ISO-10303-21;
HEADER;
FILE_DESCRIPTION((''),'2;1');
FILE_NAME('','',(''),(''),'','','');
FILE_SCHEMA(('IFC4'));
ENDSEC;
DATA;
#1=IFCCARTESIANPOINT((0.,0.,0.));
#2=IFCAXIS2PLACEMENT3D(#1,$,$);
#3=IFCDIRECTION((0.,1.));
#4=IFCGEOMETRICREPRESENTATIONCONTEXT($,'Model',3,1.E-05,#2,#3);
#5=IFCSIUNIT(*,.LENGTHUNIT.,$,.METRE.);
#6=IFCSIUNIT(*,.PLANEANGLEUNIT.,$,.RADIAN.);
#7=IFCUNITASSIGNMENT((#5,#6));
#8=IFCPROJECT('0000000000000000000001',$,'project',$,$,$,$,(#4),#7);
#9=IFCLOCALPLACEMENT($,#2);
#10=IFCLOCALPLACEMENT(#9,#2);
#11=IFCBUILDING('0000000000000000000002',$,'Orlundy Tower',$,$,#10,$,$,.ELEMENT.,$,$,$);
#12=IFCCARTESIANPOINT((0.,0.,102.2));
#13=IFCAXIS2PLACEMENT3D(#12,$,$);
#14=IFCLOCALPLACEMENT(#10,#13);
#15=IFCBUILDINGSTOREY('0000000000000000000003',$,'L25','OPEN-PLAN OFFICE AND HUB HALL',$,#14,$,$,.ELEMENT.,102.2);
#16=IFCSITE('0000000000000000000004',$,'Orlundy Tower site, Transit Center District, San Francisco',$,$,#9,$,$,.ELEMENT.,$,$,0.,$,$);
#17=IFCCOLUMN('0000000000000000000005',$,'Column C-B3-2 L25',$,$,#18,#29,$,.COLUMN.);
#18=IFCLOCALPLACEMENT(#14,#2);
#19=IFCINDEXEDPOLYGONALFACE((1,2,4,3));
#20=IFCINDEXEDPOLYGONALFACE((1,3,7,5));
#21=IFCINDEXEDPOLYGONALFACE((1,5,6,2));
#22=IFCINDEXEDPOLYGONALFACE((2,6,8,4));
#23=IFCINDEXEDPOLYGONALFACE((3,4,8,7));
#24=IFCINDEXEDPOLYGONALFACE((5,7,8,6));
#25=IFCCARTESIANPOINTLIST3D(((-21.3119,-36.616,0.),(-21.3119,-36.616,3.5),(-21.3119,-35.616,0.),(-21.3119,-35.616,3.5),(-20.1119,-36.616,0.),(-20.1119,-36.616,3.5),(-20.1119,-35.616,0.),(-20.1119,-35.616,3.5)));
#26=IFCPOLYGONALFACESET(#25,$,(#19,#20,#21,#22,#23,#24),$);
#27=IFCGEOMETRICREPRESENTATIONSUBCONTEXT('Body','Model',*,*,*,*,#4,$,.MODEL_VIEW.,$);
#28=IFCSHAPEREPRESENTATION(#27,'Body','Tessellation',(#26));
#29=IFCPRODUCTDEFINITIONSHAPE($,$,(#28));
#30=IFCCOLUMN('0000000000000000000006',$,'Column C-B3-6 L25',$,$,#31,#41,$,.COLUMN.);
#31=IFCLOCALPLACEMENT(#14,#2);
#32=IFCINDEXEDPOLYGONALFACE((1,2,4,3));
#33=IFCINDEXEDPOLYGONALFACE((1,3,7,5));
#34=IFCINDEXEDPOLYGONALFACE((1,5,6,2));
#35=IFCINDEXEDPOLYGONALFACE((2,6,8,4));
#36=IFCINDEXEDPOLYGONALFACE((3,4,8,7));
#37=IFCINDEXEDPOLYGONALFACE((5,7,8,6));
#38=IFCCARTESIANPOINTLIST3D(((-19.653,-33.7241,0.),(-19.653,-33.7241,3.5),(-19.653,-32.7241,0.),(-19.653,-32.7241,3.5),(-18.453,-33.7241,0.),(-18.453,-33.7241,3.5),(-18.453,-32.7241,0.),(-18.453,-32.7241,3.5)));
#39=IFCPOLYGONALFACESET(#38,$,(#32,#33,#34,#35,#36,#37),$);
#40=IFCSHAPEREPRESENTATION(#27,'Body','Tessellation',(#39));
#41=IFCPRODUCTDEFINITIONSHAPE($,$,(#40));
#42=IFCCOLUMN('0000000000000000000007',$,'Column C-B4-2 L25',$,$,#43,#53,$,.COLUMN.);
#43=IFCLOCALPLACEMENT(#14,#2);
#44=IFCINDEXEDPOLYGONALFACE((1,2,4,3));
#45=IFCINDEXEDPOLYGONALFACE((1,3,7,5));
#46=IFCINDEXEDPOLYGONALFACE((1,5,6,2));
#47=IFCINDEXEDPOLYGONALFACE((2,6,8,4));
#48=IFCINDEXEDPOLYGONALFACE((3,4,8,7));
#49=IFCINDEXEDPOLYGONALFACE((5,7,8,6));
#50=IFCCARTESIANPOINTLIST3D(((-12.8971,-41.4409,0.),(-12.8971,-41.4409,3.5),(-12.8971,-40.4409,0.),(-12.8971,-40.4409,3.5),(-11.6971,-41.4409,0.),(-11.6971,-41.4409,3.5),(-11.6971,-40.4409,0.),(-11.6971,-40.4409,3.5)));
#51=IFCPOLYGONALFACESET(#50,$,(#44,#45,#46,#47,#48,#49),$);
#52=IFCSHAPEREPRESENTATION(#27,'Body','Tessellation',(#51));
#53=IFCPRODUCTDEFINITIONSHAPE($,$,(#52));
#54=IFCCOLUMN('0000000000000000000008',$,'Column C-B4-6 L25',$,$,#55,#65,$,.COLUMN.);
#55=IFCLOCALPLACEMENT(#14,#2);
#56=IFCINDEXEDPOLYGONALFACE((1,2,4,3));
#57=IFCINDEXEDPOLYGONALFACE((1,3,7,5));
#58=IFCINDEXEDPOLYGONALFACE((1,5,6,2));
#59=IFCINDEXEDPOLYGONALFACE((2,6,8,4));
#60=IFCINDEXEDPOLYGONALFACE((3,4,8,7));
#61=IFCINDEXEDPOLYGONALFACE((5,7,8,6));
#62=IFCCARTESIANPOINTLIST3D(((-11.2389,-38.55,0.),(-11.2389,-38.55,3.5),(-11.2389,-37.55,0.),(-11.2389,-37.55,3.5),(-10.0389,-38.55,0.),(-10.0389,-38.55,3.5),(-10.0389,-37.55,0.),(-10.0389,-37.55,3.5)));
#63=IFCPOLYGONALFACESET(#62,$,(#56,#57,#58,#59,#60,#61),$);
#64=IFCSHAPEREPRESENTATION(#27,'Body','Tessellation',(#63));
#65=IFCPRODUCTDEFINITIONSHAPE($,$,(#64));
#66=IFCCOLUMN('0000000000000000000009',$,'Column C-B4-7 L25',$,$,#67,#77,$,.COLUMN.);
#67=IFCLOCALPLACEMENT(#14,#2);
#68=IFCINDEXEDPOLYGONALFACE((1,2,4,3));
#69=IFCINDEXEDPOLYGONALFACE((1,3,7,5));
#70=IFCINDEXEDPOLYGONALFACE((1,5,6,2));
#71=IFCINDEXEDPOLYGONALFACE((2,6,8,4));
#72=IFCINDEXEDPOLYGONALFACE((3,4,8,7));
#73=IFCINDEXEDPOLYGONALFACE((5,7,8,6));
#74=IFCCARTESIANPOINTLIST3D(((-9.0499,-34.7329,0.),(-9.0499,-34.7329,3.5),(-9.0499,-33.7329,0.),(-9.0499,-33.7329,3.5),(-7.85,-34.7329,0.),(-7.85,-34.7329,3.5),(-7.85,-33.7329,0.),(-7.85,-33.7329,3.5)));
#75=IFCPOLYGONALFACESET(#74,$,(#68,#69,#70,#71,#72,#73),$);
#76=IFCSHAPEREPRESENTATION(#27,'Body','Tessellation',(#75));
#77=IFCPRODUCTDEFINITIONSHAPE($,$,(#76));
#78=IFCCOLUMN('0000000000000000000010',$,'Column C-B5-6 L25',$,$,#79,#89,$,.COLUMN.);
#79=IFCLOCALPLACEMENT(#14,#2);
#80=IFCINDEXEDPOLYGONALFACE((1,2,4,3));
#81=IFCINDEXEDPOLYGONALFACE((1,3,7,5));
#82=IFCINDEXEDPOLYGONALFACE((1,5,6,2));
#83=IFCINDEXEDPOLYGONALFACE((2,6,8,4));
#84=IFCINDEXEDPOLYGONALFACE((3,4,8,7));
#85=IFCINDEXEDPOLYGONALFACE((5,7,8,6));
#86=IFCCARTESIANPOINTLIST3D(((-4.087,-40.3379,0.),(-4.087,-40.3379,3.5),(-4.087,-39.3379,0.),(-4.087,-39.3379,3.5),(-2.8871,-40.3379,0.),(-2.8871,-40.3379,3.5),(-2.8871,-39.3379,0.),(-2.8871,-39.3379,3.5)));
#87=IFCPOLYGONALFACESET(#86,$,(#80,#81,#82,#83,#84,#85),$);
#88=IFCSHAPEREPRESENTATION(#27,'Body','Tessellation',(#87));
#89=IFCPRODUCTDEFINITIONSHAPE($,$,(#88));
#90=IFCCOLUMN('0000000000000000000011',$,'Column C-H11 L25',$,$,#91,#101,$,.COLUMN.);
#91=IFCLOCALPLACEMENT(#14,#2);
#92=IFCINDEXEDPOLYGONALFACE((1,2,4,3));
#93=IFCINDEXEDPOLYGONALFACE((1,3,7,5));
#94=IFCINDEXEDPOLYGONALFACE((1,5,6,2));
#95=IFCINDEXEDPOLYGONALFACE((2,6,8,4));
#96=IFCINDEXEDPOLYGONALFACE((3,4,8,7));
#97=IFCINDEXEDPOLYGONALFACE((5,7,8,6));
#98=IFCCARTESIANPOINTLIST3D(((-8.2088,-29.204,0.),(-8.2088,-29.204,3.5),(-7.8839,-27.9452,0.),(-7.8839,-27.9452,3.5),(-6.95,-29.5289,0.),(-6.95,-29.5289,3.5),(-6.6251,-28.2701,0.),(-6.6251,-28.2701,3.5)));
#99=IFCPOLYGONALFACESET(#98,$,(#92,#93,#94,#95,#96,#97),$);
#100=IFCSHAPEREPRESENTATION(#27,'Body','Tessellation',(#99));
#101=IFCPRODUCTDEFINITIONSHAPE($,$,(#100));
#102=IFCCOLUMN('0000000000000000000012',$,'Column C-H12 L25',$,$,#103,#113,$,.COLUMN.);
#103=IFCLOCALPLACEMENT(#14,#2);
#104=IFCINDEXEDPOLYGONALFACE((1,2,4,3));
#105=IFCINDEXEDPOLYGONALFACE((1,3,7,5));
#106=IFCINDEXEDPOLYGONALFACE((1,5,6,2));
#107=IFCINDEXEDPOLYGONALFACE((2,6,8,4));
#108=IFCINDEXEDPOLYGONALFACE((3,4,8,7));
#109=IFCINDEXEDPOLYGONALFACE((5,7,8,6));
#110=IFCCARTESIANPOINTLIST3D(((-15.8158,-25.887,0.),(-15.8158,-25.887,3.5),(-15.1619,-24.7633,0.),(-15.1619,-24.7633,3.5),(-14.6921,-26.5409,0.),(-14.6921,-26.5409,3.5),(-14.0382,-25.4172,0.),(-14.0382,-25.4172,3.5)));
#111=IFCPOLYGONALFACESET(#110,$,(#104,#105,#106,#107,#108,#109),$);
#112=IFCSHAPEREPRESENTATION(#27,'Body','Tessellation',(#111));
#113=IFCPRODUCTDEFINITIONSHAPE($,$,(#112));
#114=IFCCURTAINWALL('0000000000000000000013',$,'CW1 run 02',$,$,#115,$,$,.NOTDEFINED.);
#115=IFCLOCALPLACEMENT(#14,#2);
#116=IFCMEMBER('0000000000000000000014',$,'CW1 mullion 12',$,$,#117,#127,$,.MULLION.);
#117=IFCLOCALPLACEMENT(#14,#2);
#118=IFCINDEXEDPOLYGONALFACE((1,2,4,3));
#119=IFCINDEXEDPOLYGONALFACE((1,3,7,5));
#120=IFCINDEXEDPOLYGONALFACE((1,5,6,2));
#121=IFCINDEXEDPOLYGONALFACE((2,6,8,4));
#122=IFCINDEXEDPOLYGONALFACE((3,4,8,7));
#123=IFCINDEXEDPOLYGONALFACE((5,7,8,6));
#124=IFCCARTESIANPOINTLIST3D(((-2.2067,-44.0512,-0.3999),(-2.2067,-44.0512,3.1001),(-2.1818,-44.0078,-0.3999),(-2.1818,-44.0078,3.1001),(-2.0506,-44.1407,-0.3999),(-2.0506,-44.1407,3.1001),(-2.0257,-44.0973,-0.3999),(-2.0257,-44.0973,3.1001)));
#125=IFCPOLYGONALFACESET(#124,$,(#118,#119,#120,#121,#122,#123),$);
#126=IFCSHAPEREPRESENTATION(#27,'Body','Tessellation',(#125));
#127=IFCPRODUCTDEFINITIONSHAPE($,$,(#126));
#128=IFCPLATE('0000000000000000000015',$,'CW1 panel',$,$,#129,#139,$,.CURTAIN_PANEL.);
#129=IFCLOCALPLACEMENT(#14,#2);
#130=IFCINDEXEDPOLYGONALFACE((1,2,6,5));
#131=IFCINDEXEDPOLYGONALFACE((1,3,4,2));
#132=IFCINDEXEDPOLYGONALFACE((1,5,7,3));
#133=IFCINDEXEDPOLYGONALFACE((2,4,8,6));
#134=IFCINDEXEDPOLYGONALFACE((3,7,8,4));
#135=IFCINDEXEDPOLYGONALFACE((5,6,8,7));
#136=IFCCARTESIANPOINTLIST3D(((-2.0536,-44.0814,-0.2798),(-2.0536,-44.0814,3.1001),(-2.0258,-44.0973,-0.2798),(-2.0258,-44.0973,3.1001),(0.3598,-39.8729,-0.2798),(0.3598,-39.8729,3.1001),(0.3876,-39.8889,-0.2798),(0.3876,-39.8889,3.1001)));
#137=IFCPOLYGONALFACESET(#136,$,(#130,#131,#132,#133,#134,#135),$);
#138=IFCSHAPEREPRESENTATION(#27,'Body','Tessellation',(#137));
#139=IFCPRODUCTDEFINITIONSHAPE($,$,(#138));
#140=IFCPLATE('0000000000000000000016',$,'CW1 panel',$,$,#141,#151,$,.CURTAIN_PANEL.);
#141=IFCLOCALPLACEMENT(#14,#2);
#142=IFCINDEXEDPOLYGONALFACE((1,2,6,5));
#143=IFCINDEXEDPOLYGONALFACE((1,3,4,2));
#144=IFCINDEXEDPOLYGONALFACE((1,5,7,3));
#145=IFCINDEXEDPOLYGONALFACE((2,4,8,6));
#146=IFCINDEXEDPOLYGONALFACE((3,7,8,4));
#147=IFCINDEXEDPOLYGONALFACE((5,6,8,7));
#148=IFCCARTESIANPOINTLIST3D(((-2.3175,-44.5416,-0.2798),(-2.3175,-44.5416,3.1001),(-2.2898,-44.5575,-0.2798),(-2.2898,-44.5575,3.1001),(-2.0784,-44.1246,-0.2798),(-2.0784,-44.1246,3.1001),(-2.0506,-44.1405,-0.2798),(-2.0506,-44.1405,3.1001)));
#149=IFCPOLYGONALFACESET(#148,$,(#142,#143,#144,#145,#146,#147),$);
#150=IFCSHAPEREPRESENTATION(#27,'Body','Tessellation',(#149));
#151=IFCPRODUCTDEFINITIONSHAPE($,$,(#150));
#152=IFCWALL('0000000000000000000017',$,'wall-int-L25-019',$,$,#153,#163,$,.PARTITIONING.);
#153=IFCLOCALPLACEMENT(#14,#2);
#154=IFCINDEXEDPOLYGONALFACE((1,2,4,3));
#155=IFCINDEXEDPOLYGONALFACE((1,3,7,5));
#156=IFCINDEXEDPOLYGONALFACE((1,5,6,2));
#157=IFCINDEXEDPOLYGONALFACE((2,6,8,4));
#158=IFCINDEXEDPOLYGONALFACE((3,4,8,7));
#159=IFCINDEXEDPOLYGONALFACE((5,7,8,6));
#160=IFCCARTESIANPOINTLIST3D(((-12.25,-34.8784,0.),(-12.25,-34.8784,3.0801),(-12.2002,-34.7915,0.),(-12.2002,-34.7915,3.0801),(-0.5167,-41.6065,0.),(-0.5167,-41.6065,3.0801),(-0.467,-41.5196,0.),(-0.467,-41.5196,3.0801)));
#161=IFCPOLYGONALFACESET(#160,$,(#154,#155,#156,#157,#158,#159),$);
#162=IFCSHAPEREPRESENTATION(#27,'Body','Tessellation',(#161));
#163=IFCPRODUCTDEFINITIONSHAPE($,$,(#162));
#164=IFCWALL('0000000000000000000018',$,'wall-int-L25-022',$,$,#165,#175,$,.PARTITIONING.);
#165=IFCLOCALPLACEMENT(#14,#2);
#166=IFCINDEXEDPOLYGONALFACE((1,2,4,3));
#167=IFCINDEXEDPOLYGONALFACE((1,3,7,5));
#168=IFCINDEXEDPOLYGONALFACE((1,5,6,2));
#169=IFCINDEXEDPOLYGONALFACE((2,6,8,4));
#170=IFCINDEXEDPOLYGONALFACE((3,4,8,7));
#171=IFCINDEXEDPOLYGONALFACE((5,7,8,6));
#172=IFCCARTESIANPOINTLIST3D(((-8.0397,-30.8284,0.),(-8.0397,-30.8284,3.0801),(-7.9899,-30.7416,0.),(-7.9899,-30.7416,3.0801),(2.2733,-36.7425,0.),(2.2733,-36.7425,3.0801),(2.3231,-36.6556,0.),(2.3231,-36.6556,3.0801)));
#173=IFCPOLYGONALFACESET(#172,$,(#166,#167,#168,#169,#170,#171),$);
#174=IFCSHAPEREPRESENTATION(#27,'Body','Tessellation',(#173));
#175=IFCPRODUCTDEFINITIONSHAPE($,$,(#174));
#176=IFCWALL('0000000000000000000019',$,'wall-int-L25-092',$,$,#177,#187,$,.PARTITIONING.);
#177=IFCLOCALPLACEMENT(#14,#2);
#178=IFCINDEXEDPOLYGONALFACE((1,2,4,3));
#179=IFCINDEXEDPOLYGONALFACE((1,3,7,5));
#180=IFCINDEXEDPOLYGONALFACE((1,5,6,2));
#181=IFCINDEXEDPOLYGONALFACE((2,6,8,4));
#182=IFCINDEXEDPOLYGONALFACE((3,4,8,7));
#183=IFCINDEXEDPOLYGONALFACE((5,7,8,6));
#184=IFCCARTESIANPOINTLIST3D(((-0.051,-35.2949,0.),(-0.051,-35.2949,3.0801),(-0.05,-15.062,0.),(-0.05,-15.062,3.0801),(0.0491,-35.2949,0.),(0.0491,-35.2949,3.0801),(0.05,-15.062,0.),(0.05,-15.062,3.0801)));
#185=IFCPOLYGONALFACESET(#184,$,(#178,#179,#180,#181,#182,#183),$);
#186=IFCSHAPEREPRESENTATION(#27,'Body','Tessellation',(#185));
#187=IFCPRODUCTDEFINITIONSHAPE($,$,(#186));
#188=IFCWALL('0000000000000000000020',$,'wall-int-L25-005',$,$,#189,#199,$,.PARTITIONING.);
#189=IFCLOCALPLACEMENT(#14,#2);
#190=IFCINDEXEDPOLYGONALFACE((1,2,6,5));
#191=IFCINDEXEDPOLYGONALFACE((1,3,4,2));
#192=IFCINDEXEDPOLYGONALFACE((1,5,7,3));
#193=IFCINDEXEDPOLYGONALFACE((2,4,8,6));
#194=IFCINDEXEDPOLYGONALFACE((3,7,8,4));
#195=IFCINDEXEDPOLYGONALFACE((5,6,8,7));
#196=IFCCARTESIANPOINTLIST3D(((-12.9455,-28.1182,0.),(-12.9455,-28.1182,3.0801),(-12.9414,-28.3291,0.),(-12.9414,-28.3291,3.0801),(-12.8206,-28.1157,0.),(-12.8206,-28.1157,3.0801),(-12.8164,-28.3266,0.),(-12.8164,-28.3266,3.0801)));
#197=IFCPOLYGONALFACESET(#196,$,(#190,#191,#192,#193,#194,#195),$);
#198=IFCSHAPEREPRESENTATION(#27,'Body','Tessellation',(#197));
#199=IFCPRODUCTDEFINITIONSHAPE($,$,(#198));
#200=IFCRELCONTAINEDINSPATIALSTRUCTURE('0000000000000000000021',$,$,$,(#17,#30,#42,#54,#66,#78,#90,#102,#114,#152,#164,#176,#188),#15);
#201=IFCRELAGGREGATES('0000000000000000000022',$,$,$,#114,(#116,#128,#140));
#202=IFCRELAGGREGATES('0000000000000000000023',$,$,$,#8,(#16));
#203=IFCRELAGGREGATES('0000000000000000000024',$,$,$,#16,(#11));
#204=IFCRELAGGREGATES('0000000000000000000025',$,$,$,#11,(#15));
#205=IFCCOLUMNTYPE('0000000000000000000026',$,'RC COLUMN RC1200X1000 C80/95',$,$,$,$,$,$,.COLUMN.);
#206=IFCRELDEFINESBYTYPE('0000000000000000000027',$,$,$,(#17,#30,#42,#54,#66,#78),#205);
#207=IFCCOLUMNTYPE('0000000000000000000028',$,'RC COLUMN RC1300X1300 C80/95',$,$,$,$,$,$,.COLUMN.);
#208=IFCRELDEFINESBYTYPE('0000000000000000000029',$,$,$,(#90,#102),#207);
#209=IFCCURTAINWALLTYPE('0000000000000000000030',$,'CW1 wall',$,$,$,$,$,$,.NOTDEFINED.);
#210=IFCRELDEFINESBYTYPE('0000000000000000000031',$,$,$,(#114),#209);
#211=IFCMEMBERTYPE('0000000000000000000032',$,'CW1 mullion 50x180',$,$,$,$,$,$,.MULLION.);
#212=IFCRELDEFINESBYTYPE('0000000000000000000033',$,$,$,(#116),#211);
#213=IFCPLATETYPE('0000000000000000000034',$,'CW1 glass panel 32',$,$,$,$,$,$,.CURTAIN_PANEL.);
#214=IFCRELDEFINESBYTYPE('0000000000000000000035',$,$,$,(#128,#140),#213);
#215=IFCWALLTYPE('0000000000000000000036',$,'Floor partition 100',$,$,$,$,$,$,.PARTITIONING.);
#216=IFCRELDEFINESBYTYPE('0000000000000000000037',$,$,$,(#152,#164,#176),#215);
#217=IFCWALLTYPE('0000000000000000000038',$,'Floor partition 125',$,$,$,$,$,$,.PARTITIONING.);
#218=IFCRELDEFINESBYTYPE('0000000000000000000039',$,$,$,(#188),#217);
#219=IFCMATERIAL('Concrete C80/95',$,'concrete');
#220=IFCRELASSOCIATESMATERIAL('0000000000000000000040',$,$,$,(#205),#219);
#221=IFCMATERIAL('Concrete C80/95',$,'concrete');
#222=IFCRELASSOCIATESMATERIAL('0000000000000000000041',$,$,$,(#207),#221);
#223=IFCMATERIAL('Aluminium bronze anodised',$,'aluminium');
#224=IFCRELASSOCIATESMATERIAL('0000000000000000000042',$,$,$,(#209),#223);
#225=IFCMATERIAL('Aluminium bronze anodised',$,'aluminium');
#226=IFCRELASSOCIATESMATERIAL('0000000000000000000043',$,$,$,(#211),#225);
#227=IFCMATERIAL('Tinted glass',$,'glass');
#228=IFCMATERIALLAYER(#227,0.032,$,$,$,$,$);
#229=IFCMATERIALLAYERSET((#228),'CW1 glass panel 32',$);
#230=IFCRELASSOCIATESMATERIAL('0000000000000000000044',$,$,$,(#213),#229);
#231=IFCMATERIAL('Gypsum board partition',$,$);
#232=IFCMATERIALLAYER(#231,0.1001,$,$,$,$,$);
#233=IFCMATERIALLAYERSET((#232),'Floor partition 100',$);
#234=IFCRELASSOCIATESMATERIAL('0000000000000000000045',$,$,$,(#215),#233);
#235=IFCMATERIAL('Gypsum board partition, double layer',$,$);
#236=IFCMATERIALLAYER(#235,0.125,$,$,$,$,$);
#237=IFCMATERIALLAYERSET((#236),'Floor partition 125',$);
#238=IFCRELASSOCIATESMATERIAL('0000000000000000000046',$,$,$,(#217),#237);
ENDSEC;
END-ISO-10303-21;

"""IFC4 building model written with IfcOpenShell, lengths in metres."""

from ifc_helpers import new_model, si_unit, direction, frame, frame_2d, origin, origin_2d, place, context, subcontext, project, spatial, rectangle, extrude, material, layer, layer_set, material_profile, profile_set, type_object, element, aggregate, save


model = new_model("IFC4")

# Units and contexts
model_context = context("Model", 3, precision=1e-05, world=origin(), true_north=direction((0.0, 1.0)))
body_context = subcontext(model_context, "Body", "Model", "MODEL_VIEW")
ifc_project = project(units=[si_unit("LENGTHUNIT", "METRE"), si_unit("PLANEANGLEUNIT", "RADIAN")], contexts=[model_context])

# Site, building, storey
site_placement = place(None, origin())
site = spatial("IfcSite", under=ifc_project, at=site_placement, Name="Orlundy Tower site, Transit Center District, San Francisco", CompositionType="ELEMENT", RefElevation=0.0)
building_placement = place(site_placement, origin())
building = spatial("IfcBuilding", under=site, at=building_placement, Name="Orlundy Tower", CompositionType="ELEMENT")
storey_placement = place(building_placement, frame((0.0, 0.0, 102.2)))
storey = spatial("IfcBuildingStorey", under=building, at=storey_placement, Name="L25", Description="OPEN-PLAN OFFICE AND HUB HALL", CompositionType="ELEMENT", Elevation=102.2)

# Columns
ifc_material_1 = material(Name="Concrete C80/95", Category="concrete")
ifc_material_profile_1 = material_profile(ifc_material_1, rectangle(XDim=1.2, YDim=1.0, at=origin_2d()), Name="RC1200X1000")
ifc_profile_set_1 = profile_set([ifc_material_profile_1], Name="Concrete C80/95")
column_type_1 = type_object("IfcColumnType", Name="RC COLUMN RC1200X1000 C80/95", PredefinedType="COLUMN", material=ifc_profile_set_1)
for number, where, z_axis, x_axis, name in (
    (1, (-20.7119, -36.116, 0.0), (0.0, 0.0, 1.0), (1.0, 0.0, 0.0), "Column C-B3-2 L25"),
    (2, (-19.053, -33.2241, 0.0), (0.0, 0.0, 1.0), (1.0, 0.0, 0.0), "Column C-B3-6 L25"),
    (3, (-12.2971, -40.9409, 0.0), (0.0, 0.0, 1.0), (1.0, 0.0, 0.0), "Column C-B4-2 L25"),
    (4, (-10.6389, -38.05, 0.0), (0.0, 0.0, 1.0), (1.0, 0.0, 0.0), "Column C-B4-6 L25"),
    (5, (-8.45, -34.2329, 0.0), (0.0, 0.0, 1.0), (1.0, 0.0, 0.0), "Column C-B4-7 L25"),
    (6, (-3.4871, -39.8379, 0.0), (0.0, 0.0, 1.0), (1.0, 0.0, 0.0), "Column C-B5-6 L25"),
):
    element("IfcColumn", number, at=place(storey_placement, frame(where, z_axis=z_axis, x_axis=x_axis)), inside=storey, type_object=column_type_1, Name=name, PredefinedType="COLUMN", context=body_context, shape_type="SweptSolid", body=[
        extrude(rectangle(XDim=1.2, YDim=1.0, at=origin_2d()), origin(), (0.0, 0.0, 1.0), 3.5),
    ])
ifc_material_2 = material(Name="Concrete C80/95", Category="concrete")
ifc_material_profile_2 = material_profile(ifc_material_2, rectangle(XDim=1.3, YDim=1.3, at=origin_2d()), Name="RC1300X1300")
ifc_profile_set_2 = profile_set([ifc_material_profile_2], Name="Concrete C80/95")
column_type_2 = type_object("IfcColumnType", Name="RC COLUMN RC1300X1300 C80/95", PredefinedType="COLUMN", material=ifc_profile_set_2)
for number, where, z_axis, x_axis, name in (
    (7, (-7.417, -28.7371, 0.0), (0.0, 0.0, 1.0), (-0.249907, -0.96827, 0.0), "Column C-H11 L25"),
    (8, (-14.927, -25.6521, 0.0), (0.0, 0.0, 1.0), (-0.502945, -0.864319, 0.0), "Column C-H12 L25"),
):
    element("IfcColumn", number, at=place(storey_placement, frame(where, z_axis=z_axis, x_axis=x_axis)), inside=storey, type_object=column_type_2, Name=name, PredefinedType="COLUMN", context=body_context, shape_type="SweptSolid", body=[
        extrude(rectangle(XDim=1.3, YDim=1.3, at=origin_2d()), origin(), (0.0, 0.0, 1.0), 3.5),
    ])

# Curtain wall, member, plates
ifc_material_3 = material(Name="Aluminium bronze anodised", Category="aluminium")
curtain_wall_type = type_object("IfcCurtainWallType", Name="CW1 wall", PredefinedType="NOTDEFINED", material=ifc_material_3)
curtain_wall_placement = place(storey_placement, origin())
curtain_wall = element("IfcCurtainWall", 9, at=curtain_wall_placement, inside=storey, type_object=curtain_wall_type, Name="CW1 run 02", PredefinedType="NOTDEFINED")
ifc_material_4 = material(Name="Aluminium bronze anodised", Category="aluminium")
ifc_material_profile_3 = material_profile(ifc_material_4, rectangle(XDim=0.1799, YDim=0.05, at=origin_2d()), Name="CW1 mullion 50x180")
ifc_profile_set_3 = profile_set([ifc_material_profile_3], Name="Aluminium bronze anodised")
member_type = type_object("IfcMemberType", Name="CW1 mullion 50x180", PredefinedType="MULLION", material=ifc_profile_set_3)
member_placement = place(storey_placement, frame((-2.1162, -44.0742, -0.3999), z_axis=(0.0, 0.0, 1.0), x_axis=(0.867479, -0.497473, 0.0)))
member = element("IfcMember", 10, at=member_placement, type_object=member_type, Name="CW1 mullion 12", PredefinedType="MULLION", context=body_context, shape_type="SweptSolid", body=[
    extrude(rectangle(XDim=0.1799, YDim=0.05, at=origin_2d()), origin(), (0.0, 0.0, 1.0), 3.5),
])
ifc_material_5 = material(Name="Tinted glass", Category="glass")
ifc_layer_1 = layer(ifc_material_5, 0.032)
ifc_layer_set_1 = layer_set([ifc_layer_1], Name="CW1 glass panel 32")
plate_type = type_object("IfcPlateType", Name="CW1 glass panel 32", PredefinedType="CURTAIN_PANEL", material=ifc_layer_set_1)
plate_1_placement = place(storey_placement, frame((-0.833, -41.9851, -0.2798), z_axis=(0.0, 0.0, 1.0), x_axis=(-0.497473, -0.867479, 0.0)))
plate_1 = element("IfcPlate", 11, at=plate_1_placement, type_object=plate_type, Name="CW1 panel", PredefinedType="CURTAIN_PANEL", context=body_context, shape_type="SweptSolid", body=[
    extrude(rectangle(XDim=4.8513, YDim=0.032, at=origin_2d()), origin(), (0.0, 0.0, 1.0), 3.3799),
])
plate_2_placement = place(storey_placement, frame((-2.1841, -44.3411, -0.2798), z_axis=(0.0, 0.0, 1.0), x_axis=(-0.497473, -0.867479, 0.0)))
plate_2 = element("IfcPlate", 12, at=plate_2_placement, type_object=plate_type, Name="CW1 panel", PredefinedType="CURTAIN_PANEL", context=body_context, shape_type="SweptSolid", body=[
    extrude(rectangle(XDim=0.4807, YDim=0.032, at=origin_2d()), origin(), (0.0, 0.0, 1.0), 3.3799),
])
aggregate(curtain_wall, [member, plate_1, plate_2])

# Walls
ifc_material_6 = material(Name="Gypsum board partition")
ifc_layer_2 = layer(ifc_material_6, 0.1001)
ifc_layer_set_2 = layer_set([ifc_layer_2], Name="Floor partition 100")
wall_type_1 = type_object("IfcWallType", Name="Floor partition 100", PredefinedType="PARTITIONING", material=ifc_layer_set_2)
wall_1_placement = place(storey_placement, frame((-12.2251, -34.835, 0.0), z_axis=(0.0, 0.0, 1.0), x_axis=(0.867498, -0.497441, 0.0)))
element("IfcWall", 13, at=wall_1_placement, inside=storey, type_object=wall_type_1, Name="wall-int-L25-019", PredefinedType="PARTITIONING", context=body_context, shape_type="SweptSolid", body=[
    extrude(rectangle(XDim=13.5254, YDim=0.1001, at=frame_2d((6.7627, 0.0))), origin(), (0.0, 0.0, 1.0), 3.0801),
])
wall_2_placement = place(storey_placement, frame((-8.0149, -30.7849, 0.0), z_axis=(0.0, 0.0, 1.0), x_axis=(0.867484, -0.497465, 0.0)))
element("IfcWall", 14, at=wall_2_placement, inside=storey, type_object=wall_type_1, Name="wall-int-L25-022", PredefinedType="PARTITIONING", context=body_context, shape_type="SweptSolid", body=[
    extrude(rectangle(XDim=11.8884, YDim=0.1001, at=frame_2d((5.9443, 0.0))), origin(), (0.0, 0.0, 1.0), 3.0801),
])
wall_3_placement = place(storey_placement, frame((-0.001, -35.2949, 0.0), z_axis=(0.0, 0.0, 1.0), x_axis=(0.000048, 1.0, 0.0)))
element("IfcWall", 15, at=wall_3_placement, inside=storey, type_object=wall_type_1, Name="wall-int-L25-092", PredefinedType="PARTITIONING", context=body_context, shape_type="SweptSolid", body=[
    extrude(rectangle(XDim=20.2329, YDim=0.1001, at=frame_2d((10.1165, 0.0))), origin(), (0.0, 0.0, 1.0), 3.0801),
])
ifc_material_7 = material(Name="Gypsum board partition, double layer")
ifc_layer_3 = layer(ifc_material_7, 0.125)
ifc_layer_set_3 = layer_set([ifc_layer_3], Name="Floor partition 125")
wall_type_2 = type_object("IfcWallType", Name="Floor partition 125", PredefinedType="PARTITIONING", material=ifc_layer_set_3)
wall_4_placement = place(storey_placement, frame((-12.8831, -28.1169, 0.0), z_axis=(0.0, 0.0, 1.0), x_axis=(0.019672, -0.999806, 0.0)))
element("IfcWall", 16, at=wall_4_placement, inside=storey, type_object=wall_type_2, Name="wall-int-L25-005", PredefinedType="PARTITIONING", context=body_context, shape_type="SweptSolid", body=[
    extrude(rectangle(XDim=0.2109, YDim=0.125, at=frame_2d((0.1055, 0.0))), origin(), (0.0, 0.0, 1.0), 3.0801),
])

save(model, "model.ifc")
